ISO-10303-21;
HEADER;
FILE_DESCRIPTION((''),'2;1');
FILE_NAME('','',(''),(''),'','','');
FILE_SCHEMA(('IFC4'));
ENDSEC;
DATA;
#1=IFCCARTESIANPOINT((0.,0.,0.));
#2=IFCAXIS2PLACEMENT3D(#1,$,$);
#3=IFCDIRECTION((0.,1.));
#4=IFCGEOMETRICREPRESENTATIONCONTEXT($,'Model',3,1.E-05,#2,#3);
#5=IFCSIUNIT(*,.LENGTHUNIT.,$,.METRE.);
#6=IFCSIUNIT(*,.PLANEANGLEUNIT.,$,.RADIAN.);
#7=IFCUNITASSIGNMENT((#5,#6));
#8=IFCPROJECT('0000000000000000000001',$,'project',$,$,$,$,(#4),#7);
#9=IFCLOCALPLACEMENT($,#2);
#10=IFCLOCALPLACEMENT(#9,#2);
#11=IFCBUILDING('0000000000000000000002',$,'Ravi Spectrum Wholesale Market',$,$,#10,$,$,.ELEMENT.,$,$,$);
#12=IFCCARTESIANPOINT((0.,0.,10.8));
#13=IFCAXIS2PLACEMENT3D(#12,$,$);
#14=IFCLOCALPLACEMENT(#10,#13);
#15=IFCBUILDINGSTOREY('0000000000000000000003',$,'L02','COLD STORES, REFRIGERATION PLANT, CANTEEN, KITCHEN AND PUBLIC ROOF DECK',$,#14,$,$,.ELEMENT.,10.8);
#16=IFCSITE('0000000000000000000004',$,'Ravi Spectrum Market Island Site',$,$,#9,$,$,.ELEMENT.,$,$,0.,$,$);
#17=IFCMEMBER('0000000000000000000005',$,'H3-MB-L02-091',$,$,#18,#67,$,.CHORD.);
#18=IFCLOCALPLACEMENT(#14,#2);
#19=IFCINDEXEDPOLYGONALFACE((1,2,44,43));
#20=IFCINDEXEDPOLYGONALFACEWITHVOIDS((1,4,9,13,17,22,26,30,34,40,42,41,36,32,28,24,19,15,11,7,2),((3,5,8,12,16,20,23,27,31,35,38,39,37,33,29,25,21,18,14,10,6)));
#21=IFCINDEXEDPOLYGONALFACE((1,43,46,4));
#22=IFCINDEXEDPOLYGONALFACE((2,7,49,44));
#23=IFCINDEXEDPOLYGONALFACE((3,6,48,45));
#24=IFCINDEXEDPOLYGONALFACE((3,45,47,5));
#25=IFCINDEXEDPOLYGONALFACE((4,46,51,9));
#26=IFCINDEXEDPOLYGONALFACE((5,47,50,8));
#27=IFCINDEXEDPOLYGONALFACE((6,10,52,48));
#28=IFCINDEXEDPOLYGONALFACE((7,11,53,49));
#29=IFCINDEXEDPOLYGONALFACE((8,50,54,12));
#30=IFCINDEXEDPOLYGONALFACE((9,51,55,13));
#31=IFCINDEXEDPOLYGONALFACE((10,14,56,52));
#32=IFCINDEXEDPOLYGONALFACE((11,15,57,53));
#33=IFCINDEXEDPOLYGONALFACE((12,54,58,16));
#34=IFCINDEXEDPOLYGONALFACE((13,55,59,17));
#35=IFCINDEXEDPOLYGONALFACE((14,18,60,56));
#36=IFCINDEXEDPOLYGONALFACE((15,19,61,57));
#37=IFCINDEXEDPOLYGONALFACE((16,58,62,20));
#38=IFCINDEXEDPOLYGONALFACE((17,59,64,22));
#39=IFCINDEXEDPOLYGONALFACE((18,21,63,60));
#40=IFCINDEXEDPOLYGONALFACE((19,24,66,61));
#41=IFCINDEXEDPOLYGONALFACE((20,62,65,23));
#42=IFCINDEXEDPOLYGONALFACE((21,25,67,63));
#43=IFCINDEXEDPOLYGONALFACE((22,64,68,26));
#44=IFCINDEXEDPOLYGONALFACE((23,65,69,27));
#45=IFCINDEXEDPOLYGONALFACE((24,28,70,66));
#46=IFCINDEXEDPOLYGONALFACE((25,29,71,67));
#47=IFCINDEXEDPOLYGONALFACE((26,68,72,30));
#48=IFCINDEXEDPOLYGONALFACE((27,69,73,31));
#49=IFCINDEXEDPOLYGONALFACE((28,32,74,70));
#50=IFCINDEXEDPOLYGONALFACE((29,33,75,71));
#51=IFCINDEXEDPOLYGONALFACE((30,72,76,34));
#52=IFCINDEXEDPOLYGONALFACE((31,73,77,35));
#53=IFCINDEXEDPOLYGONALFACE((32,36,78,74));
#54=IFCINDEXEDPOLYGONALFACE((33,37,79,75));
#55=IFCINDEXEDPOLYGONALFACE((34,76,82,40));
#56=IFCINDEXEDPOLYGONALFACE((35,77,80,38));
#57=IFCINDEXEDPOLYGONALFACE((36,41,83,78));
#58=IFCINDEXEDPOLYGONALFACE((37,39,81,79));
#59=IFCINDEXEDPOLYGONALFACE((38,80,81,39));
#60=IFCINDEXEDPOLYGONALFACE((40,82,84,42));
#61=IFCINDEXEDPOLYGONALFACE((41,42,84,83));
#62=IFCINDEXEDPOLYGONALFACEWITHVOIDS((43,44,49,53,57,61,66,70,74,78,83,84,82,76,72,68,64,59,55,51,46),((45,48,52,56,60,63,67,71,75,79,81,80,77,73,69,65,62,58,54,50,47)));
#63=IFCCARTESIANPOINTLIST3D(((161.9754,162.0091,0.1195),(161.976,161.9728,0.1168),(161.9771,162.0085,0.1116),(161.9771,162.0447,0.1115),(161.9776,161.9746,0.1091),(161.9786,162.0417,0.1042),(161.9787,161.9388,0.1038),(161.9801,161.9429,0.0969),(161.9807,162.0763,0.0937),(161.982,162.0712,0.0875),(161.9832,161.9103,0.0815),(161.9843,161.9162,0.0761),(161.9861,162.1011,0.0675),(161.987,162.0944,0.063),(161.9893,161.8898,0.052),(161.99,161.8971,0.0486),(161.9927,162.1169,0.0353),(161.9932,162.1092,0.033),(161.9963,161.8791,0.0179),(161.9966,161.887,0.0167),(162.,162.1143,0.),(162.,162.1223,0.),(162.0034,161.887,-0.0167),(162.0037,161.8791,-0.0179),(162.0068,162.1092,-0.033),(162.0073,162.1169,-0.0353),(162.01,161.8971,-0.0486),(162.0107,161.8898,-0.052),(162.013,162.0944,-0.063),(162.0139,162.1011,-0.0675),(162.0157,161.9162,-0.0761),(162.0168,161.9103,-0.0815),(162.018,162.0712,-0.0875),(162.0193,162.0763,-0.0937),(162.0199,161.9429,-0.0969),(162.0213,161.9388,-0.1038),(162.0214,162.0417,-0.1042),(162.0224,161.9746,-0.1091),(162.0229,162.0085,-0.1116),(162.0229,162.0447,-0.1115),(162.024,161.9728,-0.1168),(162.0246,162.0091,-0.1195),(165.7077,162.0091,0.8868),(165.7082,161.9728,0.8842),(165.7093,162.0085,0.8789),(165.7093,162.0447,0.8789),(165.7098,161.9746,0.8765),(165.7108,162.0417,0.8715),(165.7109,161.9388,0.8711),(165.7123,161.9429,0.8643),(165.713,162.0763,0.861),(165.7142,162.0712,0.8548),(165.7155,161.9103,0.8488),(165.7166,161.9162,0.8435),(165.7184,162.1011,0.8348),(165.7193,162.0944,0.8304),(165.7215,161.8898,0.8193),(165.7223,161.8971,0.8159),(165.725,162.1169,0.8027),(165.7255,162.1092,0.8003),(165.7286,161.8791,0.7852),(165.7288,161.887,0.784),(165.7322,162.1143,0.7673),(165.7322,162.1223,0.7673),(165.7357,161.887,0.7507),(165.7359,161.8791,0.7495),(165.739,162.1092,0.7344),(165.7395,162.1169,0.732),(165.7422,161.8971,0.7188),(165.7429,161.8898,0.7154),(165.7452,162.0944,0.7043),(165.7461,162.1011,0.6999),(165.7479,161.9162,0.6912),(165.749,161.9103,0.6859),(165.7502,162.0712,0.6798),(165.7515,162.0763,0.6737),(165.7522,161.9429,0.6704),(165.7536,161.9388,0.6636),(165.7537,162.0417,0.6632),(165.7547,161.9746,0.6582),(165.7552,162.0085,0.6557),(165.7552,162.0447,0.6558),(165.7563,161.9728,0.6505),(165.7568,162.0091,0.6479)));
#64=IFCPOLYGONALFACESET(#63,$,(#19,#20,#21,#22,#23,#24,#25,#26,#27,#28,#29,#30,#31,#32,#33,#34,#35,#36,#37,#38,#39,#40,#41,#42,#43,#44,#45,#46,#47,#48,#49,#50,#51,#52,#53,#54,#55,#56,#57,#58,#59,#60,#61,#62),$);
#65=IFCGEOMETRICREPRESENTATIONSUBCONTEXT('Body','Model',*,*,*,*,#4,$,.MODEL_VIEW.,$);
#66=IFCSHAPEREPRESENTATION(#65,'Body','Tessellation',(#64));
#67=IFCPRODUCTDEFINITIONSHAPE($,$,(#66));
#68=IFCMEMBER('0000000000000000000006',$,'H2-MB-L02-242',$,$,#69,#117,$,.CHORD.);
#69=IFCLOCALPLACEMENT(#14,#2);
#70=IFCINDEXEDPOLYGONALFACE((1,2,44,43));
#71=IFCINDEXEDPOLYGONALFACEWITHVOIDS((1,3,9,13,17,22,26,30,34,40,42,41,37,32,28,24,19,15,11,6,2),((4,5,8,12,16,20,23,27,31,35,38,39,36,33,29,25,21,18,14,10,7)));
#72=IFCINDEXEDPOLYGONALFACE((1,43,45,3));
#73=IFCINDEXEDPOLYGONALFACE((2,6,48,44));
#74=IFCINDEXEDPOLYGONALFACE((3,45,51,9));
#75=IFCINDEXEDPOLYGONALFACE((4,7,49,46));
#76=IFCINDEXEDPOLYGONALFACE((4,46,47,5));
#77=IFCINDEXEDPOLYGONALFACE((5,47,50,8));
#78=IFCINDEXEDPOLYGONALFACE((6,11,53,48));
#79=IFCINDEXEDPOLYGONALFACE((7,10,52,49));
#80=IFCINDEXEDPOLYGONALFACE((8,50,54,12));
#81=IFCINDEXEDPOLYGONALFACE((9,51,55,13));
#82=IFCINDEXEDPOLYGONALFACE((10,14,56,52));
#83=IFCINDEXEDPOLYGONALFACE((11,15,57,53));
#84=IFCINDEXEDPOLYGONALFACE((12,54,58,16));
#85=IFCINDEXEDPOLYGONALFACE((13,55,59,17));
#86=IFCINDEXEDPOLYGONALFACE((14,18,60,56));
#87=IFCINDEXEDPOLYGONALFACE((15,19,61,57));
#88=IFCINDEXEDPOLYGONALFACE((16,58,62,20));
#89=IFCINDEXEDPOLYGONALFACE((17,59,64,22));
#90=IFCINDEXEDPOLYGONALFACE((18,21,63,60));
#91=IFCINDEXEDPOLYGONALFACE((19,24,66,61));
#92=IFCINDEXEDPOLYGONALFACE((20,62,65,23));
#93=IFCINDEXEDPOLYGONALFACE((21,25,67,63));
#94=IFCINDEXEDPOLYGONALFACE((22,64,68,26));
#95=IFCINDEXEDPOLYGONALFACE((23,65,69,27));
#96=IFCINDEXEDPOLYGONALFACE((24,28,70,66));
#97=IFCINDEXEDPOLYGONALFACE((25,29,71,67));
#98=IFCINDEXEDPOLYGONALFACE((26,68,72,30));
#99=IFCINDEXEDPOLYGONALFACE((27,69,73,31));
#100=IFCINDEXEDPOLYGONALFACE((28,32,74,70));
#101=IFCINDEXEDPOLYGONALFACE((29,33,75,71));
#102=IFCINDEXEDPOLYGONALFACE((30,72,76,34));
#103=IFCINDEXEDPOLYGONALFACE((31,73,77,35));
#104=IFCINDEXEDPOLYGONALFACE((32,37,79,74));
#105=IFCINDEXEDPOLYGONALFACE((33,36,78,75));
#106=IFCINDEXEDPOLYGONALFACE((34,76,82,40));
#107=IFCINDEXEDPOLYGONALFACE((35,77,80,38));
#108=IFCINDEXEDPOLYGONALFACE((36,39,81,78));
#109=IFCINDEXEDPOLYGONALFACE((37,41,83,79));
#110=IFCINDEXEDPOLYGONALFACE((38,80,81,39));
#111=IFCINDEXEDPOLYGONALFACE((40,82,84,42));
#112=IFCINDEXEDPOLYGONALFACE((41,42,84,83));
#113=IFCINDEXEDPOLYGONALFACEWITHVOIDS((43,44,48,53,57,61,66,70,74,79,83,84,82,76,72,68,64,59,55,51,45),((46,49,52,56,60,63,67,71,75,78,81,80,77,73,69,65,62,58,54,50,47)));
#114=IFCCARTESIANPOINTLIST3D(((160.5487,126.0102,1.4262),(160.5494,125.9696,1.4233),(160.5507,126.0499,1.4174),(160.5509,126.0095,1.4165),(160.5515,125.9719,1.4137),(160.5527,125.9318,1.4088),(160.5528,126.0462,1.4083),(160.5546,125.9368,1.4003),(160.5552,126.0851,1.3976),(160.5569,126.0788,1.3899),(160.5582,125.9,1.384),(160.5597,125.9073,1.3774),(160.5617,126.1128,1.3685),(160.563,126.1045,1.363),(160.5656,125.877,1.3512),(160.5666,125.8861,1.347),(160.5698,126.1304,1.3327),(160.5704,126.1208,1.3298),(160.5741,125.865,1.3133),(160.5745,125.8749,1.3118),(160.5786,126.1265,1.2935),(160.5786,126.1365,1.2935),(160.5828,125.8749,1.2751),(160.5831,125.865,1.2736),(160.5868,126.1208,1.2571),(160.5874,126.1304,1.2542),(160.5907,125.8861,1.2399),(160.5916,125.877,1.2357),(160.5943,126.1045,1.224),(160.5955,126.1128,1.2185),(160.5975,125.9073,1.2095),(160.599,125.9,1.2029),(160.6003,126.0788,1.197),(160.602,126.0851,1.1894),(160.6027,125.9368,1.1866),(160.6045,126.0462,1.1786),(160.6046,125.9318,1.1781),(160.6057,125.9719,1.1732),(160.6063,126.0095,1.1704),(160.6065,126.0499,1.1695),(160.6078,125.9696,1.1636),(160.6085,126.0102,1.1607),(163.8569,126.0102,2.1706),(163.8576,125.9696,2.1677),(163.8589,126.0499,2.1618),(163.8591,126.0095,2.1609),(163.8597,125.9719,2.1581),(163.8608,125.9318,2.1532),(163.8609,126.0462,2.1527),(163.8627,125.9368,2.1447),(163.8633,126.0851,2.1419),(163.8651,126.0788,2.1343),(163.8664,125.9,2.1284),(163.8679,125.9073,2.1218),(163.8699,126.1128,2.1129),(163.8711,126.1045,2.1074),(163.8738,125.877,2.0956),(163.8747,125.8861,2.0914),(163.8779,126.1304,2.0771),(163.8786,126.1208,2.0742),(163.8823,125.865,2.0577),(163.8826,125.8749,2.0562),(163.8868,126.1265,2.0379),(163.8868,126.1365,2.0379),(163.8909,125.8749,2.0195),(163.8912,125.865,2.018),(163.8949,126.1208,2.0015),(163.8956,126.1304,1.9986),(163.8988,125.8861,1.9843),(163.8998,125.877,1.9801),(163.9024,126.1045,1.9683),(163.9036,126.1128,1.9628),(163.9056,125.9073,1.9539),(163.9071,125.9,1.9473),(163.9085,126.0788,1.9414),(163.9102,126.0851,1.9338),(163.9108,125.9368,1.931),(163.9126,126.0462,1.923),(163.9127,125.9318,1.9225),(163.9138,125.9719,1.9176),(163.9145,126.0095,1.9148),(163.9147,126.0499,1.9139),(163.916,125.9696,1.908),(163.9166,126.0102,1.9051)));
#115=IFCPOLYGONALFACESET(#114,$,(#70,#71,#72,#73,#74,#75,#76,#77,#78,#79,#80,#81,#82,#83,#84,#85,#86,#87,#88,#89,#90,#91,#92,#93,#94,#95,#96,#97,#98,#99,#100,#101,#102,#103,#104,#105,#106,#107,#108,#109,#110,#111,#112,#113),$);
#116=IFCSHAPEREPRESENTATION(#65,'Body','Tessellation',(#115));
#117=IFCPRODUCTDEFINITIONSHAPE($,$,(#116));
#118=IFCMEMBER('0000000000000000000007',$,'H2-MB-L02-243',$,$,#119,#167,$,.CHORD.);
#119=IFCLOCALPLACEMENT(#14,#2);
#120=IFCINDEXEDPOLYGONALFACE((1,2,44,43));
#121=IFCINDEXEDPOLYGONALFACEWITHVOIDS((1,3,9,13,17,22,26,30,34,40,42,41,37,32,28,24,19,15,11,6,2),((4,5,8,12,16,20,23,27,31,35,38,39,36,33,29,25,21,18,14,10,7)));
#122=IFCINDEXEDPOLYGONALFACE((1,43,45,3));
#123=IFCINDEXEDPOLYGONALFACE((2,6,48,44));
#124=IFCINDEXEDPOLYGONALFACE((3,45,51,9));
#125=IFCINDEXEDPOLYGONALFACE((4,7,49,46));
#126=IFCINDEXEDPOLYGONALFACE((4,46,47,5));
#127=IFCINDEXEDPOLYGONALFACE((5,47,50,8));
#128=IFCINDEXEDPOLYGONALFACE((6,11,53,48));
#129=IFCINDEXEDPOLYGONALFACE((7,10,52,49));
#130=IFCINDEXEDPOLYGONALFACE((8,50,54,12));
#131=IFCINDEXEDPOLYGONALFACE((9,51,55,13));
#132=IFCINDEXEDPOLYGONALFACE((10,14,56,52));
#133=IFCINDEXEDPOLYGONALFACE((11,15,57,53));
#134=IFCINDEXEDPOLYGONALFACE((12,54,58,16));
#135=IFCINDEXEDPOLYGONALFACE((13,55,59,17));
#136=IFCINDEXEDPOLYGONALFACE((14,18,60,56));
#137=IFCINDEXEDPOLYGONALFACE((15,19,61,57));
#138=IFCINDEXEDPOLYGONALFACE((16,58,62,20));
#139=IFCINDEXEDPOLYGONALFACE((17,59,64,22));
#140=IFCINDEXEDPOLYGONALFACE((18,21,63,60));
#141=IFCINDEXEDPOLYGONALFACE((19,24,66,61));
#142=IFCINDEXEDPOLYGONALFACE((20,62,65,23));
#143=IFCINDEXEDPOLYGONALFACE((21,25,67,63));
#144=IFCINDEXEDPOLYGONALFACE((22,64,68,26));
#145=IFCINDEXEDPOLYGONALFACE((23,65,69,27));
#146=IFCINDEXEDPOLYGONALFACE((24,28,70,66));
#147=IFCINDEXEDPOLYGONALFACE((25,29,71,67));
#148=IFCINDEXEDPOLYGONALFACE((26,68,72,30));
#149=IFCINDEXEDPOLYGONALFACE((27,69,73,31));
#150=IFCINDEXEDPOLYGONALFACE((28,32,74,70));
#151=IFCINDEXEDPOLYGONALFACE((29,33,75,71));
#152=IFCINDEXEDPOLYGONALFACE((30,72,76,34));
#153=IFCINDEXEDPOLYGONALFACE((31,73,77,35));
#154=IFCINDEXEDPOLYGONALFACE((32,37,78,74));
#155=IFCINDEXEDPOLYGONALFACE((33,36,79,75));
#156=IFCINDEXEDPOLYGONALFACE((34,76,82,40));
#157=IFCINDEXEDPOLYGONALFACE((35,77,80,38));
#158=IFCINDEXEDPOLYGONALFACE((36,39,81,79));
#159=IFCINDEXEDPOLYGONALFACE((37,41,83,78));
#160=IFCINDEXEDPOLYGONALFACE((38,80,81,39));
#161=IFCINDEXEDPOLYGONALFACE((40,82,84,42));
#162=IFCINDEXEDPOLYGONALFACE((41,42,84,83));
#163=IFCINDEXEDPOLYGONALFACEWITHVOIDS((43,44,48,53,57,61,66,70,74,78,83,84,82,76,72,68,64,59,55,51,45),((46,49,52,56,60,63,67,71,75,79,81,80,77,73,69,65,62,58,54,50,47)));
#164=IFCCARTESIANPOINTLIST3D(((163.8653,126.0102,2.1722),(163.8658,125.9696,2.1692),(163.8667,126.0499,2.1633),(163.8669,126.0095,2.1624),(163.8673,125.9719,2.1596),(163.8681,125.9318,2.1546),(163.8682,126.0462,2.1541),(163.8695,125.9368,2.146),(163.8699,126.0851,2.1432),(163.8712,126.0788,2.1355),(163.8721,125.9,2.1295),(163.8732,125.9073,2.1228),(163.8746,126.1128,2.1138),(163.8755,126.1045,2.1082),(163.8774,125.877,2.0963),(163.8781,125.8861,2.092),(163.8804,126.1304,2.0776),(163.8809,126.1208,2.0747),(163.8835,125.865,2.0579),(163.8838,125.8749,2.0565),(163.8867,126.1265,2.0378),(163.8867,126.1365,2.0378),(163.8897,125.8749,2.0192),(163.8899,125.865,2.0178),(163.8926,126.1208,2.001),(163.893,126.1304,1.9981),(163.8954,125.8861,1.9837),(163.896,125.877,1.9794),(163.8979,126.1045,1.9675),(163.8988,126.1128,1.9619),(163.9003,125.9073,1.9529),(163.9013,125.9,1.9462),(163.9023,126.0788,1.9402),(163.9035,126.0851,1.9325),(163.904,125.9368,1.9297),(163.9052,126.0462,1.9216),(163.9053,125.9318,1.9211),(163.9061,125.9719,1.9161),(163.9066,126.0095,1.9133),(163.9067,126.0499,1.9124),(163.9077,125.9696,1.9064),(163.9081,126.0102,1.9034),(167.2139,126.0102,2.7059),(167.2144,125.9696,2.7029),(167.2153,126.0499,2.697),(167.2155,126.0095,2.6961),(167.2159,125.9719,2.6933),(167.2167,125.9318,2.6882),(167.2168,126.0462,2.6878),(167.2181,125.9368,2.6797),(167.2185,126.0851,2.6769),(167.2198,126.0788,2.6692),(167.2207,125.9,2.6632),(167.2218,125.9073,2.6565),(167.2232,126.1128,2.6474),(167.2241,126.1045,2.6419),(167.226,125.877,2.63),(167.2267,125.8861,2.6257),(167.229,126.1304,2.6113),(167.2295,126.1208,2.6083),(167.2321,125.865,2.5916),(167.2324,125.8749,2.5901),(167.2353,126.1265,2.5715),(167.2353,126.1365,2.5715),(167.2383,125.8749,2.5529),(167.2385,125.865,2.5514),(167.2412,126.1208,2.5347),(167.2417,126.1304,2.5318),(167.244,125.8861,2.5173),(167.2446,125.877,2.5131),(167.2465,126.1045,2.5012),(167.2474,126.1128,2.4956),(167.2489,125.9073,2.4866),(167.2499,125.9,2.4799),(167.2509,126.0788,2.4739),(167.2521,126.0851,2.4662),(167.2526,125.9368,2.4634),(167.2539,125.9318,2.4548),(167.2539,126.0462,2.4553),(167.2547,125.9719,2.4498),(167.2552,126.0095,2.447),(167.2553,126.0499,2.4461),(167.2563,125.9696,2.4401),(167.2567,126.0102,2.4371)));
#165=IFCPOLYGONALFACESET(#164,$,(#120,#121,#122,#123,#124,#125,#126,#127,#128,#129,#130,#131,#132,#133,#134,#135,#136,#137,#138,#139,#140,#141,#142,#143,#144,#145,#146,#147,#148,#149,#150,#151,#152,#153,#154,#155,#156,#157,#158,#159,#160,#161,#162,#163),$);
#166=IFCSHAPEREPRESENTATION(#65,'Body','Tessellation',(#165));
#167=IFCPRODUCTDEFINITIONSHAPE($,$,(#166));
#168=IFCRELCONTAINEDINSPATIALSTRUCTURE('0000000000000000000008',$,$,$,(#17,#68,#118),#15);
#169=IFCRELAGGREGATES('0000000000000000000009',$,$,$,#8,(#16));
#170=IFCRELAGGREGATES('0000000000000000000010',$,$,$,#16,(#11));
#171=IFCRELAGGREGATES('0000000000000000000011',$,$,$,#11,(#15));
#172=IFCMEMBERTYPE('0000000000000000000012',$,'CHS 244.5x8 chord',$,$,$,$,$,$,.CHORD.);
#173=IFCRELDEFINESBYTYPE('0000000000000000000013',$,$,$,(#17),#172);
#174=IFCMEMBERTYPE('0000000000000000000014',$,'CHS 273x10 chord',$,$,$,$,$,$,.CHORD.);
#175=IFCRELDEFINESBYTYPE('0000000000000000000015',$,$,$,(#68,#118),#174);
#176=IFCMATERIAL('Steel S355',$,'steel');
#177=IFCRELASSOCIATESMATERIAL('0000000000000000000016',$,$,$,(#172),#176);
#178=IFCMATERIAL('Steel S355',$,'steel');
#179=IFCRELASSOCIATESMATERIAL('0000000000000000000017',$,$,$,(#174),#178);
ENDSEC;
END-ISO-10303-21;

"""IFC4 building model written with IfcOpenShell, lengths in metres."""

from ifc_helpers import new_model, si_unit, direction, frame, origin, origin_2d, place, context, subcontext, project, spatial, hollow_circle, extrude, material, material_profile, profile_set, type_object, element, save


model = new_model("IFC4")

# Units and contexts
model_context = context("Model", 3, precision=1e-05, world=origin(), true_north=direction((0.0, 1.0)))
body_context = subcontext(model_context, "Body", "Model", "MODEL_VIEW")
ifc_project = project(units=[si_unit("LENGTHUNIT", "METRE"), si_unit("PLANEANGLEUNIT", "RADIAN")], contexts=[model_context])

# Site, building, storey
site_placement = place(None, origin())
site = spatial("IfcSite", under=ifc_project, at=site_placement, Name="Ravi Spectrum Market Island Site", CompositionType="ELEMENT", RefElevation=0.0)
building_placement = place(site_placement, origin())
building = spatial("IfcBuilding", under=site, at=building_placement, Name="Ravi Spectrum Wholesale Market", CompositionType="ELEMENT")
storey_placement = place(building_placement, frame((0.0, 0.0, 10.8)))
storey = spatial("IfcBuildingStorey", under=building, at=storey_placement, Name="L02", Description="COLD STORES, REFRIGERATION PLANT, CANTEEN, KITCHEN AND PUBLIC ROOF DECK", CompositionType="ELEMENT", Elevation=10.8)

# Members
ifc_material_1 = material(Name="Steel S355", Category="steel")
ifc_material_profile_1 = material_profile(ifc_material_1, hollow_circle(Radius=0.1223, WallThickness=0.0081, at=origin_2d()))
ifc_profile_set_1 = profile_set([ifc_material_profile_1], Name="Steel S355")
member_type_1 = type_object("IfcMemberType", Name="CHS 244.5x8 chord", PredefinedType="CHORD", material=ifc_profile_set_1)
for number, where, z_axis, x_axis, name in (
    (1, (162.0, 162.0, 0.0), (0.979512, 0.0, 0.201387), (0.0, 1.0, 0.0), "H3-MB-L02-091"),
):
    element("IfcMember", number, at=place(storey_placement, frame(where, z_axis=z_axis, x_axis=x_axis)), inside=storey, type_object=member_type_1, Name=name, PredefinedType="CHORD", context=body_context, shape_type="SweptSolid", body=[
        extrude(hollow_circle(Radius=0.1223, WallThickness=0.0081, at=origin_2d()), origin(), (0.0, 0.0, 1.0), 3.8103),
    ])
ifc_material_2 = material(Name="Steel S355", Category="steel")
ifc_material_profile_2 = material_profile(ifc_material_2, hollow_circle(Radius=0.1365, WallThickness=0.01, at=origin_2d()))
ifc_profile_set_2 = profile_set([ifc_material_profile_2], Name="Steel S355")
member_type_2 = type_object("IfcMemberType", Name="CHS 273x10 chord", PredefinedType="CHORD", material=ifc_profile_set_2)
for number, where, z_axis, x_axis, name in (
    (2, (160.5786, 126.0, 1.2935), (0.975606, 0.0, 0.219529), (0.0, 1.0, 0.0), "H2-MB-L02-242"),
    (3, (163.8867, 126.0, 2.0378), (0.987537, 0.0, 0.15739), (0.0, 1.0, 0.0), "H2-MB-L02-243"),
):
    element("IfcMember", number, at=place(storey_placement, frame(where, z_axis=z_axis, x_axis=x_axis)), inside=storey, type_object=member_type_2, Name=name, PredefinedType="CHORD", context=body_context, shape_type="SweptSolid", body=[
        extrude(hollow_circle(Radius=0.1365, WallThickness=0.01, at=origin_2d()), origin(), (0.0, 0.0, 1.0), 3.3909),
    ])

save(model, "model.ifc")
